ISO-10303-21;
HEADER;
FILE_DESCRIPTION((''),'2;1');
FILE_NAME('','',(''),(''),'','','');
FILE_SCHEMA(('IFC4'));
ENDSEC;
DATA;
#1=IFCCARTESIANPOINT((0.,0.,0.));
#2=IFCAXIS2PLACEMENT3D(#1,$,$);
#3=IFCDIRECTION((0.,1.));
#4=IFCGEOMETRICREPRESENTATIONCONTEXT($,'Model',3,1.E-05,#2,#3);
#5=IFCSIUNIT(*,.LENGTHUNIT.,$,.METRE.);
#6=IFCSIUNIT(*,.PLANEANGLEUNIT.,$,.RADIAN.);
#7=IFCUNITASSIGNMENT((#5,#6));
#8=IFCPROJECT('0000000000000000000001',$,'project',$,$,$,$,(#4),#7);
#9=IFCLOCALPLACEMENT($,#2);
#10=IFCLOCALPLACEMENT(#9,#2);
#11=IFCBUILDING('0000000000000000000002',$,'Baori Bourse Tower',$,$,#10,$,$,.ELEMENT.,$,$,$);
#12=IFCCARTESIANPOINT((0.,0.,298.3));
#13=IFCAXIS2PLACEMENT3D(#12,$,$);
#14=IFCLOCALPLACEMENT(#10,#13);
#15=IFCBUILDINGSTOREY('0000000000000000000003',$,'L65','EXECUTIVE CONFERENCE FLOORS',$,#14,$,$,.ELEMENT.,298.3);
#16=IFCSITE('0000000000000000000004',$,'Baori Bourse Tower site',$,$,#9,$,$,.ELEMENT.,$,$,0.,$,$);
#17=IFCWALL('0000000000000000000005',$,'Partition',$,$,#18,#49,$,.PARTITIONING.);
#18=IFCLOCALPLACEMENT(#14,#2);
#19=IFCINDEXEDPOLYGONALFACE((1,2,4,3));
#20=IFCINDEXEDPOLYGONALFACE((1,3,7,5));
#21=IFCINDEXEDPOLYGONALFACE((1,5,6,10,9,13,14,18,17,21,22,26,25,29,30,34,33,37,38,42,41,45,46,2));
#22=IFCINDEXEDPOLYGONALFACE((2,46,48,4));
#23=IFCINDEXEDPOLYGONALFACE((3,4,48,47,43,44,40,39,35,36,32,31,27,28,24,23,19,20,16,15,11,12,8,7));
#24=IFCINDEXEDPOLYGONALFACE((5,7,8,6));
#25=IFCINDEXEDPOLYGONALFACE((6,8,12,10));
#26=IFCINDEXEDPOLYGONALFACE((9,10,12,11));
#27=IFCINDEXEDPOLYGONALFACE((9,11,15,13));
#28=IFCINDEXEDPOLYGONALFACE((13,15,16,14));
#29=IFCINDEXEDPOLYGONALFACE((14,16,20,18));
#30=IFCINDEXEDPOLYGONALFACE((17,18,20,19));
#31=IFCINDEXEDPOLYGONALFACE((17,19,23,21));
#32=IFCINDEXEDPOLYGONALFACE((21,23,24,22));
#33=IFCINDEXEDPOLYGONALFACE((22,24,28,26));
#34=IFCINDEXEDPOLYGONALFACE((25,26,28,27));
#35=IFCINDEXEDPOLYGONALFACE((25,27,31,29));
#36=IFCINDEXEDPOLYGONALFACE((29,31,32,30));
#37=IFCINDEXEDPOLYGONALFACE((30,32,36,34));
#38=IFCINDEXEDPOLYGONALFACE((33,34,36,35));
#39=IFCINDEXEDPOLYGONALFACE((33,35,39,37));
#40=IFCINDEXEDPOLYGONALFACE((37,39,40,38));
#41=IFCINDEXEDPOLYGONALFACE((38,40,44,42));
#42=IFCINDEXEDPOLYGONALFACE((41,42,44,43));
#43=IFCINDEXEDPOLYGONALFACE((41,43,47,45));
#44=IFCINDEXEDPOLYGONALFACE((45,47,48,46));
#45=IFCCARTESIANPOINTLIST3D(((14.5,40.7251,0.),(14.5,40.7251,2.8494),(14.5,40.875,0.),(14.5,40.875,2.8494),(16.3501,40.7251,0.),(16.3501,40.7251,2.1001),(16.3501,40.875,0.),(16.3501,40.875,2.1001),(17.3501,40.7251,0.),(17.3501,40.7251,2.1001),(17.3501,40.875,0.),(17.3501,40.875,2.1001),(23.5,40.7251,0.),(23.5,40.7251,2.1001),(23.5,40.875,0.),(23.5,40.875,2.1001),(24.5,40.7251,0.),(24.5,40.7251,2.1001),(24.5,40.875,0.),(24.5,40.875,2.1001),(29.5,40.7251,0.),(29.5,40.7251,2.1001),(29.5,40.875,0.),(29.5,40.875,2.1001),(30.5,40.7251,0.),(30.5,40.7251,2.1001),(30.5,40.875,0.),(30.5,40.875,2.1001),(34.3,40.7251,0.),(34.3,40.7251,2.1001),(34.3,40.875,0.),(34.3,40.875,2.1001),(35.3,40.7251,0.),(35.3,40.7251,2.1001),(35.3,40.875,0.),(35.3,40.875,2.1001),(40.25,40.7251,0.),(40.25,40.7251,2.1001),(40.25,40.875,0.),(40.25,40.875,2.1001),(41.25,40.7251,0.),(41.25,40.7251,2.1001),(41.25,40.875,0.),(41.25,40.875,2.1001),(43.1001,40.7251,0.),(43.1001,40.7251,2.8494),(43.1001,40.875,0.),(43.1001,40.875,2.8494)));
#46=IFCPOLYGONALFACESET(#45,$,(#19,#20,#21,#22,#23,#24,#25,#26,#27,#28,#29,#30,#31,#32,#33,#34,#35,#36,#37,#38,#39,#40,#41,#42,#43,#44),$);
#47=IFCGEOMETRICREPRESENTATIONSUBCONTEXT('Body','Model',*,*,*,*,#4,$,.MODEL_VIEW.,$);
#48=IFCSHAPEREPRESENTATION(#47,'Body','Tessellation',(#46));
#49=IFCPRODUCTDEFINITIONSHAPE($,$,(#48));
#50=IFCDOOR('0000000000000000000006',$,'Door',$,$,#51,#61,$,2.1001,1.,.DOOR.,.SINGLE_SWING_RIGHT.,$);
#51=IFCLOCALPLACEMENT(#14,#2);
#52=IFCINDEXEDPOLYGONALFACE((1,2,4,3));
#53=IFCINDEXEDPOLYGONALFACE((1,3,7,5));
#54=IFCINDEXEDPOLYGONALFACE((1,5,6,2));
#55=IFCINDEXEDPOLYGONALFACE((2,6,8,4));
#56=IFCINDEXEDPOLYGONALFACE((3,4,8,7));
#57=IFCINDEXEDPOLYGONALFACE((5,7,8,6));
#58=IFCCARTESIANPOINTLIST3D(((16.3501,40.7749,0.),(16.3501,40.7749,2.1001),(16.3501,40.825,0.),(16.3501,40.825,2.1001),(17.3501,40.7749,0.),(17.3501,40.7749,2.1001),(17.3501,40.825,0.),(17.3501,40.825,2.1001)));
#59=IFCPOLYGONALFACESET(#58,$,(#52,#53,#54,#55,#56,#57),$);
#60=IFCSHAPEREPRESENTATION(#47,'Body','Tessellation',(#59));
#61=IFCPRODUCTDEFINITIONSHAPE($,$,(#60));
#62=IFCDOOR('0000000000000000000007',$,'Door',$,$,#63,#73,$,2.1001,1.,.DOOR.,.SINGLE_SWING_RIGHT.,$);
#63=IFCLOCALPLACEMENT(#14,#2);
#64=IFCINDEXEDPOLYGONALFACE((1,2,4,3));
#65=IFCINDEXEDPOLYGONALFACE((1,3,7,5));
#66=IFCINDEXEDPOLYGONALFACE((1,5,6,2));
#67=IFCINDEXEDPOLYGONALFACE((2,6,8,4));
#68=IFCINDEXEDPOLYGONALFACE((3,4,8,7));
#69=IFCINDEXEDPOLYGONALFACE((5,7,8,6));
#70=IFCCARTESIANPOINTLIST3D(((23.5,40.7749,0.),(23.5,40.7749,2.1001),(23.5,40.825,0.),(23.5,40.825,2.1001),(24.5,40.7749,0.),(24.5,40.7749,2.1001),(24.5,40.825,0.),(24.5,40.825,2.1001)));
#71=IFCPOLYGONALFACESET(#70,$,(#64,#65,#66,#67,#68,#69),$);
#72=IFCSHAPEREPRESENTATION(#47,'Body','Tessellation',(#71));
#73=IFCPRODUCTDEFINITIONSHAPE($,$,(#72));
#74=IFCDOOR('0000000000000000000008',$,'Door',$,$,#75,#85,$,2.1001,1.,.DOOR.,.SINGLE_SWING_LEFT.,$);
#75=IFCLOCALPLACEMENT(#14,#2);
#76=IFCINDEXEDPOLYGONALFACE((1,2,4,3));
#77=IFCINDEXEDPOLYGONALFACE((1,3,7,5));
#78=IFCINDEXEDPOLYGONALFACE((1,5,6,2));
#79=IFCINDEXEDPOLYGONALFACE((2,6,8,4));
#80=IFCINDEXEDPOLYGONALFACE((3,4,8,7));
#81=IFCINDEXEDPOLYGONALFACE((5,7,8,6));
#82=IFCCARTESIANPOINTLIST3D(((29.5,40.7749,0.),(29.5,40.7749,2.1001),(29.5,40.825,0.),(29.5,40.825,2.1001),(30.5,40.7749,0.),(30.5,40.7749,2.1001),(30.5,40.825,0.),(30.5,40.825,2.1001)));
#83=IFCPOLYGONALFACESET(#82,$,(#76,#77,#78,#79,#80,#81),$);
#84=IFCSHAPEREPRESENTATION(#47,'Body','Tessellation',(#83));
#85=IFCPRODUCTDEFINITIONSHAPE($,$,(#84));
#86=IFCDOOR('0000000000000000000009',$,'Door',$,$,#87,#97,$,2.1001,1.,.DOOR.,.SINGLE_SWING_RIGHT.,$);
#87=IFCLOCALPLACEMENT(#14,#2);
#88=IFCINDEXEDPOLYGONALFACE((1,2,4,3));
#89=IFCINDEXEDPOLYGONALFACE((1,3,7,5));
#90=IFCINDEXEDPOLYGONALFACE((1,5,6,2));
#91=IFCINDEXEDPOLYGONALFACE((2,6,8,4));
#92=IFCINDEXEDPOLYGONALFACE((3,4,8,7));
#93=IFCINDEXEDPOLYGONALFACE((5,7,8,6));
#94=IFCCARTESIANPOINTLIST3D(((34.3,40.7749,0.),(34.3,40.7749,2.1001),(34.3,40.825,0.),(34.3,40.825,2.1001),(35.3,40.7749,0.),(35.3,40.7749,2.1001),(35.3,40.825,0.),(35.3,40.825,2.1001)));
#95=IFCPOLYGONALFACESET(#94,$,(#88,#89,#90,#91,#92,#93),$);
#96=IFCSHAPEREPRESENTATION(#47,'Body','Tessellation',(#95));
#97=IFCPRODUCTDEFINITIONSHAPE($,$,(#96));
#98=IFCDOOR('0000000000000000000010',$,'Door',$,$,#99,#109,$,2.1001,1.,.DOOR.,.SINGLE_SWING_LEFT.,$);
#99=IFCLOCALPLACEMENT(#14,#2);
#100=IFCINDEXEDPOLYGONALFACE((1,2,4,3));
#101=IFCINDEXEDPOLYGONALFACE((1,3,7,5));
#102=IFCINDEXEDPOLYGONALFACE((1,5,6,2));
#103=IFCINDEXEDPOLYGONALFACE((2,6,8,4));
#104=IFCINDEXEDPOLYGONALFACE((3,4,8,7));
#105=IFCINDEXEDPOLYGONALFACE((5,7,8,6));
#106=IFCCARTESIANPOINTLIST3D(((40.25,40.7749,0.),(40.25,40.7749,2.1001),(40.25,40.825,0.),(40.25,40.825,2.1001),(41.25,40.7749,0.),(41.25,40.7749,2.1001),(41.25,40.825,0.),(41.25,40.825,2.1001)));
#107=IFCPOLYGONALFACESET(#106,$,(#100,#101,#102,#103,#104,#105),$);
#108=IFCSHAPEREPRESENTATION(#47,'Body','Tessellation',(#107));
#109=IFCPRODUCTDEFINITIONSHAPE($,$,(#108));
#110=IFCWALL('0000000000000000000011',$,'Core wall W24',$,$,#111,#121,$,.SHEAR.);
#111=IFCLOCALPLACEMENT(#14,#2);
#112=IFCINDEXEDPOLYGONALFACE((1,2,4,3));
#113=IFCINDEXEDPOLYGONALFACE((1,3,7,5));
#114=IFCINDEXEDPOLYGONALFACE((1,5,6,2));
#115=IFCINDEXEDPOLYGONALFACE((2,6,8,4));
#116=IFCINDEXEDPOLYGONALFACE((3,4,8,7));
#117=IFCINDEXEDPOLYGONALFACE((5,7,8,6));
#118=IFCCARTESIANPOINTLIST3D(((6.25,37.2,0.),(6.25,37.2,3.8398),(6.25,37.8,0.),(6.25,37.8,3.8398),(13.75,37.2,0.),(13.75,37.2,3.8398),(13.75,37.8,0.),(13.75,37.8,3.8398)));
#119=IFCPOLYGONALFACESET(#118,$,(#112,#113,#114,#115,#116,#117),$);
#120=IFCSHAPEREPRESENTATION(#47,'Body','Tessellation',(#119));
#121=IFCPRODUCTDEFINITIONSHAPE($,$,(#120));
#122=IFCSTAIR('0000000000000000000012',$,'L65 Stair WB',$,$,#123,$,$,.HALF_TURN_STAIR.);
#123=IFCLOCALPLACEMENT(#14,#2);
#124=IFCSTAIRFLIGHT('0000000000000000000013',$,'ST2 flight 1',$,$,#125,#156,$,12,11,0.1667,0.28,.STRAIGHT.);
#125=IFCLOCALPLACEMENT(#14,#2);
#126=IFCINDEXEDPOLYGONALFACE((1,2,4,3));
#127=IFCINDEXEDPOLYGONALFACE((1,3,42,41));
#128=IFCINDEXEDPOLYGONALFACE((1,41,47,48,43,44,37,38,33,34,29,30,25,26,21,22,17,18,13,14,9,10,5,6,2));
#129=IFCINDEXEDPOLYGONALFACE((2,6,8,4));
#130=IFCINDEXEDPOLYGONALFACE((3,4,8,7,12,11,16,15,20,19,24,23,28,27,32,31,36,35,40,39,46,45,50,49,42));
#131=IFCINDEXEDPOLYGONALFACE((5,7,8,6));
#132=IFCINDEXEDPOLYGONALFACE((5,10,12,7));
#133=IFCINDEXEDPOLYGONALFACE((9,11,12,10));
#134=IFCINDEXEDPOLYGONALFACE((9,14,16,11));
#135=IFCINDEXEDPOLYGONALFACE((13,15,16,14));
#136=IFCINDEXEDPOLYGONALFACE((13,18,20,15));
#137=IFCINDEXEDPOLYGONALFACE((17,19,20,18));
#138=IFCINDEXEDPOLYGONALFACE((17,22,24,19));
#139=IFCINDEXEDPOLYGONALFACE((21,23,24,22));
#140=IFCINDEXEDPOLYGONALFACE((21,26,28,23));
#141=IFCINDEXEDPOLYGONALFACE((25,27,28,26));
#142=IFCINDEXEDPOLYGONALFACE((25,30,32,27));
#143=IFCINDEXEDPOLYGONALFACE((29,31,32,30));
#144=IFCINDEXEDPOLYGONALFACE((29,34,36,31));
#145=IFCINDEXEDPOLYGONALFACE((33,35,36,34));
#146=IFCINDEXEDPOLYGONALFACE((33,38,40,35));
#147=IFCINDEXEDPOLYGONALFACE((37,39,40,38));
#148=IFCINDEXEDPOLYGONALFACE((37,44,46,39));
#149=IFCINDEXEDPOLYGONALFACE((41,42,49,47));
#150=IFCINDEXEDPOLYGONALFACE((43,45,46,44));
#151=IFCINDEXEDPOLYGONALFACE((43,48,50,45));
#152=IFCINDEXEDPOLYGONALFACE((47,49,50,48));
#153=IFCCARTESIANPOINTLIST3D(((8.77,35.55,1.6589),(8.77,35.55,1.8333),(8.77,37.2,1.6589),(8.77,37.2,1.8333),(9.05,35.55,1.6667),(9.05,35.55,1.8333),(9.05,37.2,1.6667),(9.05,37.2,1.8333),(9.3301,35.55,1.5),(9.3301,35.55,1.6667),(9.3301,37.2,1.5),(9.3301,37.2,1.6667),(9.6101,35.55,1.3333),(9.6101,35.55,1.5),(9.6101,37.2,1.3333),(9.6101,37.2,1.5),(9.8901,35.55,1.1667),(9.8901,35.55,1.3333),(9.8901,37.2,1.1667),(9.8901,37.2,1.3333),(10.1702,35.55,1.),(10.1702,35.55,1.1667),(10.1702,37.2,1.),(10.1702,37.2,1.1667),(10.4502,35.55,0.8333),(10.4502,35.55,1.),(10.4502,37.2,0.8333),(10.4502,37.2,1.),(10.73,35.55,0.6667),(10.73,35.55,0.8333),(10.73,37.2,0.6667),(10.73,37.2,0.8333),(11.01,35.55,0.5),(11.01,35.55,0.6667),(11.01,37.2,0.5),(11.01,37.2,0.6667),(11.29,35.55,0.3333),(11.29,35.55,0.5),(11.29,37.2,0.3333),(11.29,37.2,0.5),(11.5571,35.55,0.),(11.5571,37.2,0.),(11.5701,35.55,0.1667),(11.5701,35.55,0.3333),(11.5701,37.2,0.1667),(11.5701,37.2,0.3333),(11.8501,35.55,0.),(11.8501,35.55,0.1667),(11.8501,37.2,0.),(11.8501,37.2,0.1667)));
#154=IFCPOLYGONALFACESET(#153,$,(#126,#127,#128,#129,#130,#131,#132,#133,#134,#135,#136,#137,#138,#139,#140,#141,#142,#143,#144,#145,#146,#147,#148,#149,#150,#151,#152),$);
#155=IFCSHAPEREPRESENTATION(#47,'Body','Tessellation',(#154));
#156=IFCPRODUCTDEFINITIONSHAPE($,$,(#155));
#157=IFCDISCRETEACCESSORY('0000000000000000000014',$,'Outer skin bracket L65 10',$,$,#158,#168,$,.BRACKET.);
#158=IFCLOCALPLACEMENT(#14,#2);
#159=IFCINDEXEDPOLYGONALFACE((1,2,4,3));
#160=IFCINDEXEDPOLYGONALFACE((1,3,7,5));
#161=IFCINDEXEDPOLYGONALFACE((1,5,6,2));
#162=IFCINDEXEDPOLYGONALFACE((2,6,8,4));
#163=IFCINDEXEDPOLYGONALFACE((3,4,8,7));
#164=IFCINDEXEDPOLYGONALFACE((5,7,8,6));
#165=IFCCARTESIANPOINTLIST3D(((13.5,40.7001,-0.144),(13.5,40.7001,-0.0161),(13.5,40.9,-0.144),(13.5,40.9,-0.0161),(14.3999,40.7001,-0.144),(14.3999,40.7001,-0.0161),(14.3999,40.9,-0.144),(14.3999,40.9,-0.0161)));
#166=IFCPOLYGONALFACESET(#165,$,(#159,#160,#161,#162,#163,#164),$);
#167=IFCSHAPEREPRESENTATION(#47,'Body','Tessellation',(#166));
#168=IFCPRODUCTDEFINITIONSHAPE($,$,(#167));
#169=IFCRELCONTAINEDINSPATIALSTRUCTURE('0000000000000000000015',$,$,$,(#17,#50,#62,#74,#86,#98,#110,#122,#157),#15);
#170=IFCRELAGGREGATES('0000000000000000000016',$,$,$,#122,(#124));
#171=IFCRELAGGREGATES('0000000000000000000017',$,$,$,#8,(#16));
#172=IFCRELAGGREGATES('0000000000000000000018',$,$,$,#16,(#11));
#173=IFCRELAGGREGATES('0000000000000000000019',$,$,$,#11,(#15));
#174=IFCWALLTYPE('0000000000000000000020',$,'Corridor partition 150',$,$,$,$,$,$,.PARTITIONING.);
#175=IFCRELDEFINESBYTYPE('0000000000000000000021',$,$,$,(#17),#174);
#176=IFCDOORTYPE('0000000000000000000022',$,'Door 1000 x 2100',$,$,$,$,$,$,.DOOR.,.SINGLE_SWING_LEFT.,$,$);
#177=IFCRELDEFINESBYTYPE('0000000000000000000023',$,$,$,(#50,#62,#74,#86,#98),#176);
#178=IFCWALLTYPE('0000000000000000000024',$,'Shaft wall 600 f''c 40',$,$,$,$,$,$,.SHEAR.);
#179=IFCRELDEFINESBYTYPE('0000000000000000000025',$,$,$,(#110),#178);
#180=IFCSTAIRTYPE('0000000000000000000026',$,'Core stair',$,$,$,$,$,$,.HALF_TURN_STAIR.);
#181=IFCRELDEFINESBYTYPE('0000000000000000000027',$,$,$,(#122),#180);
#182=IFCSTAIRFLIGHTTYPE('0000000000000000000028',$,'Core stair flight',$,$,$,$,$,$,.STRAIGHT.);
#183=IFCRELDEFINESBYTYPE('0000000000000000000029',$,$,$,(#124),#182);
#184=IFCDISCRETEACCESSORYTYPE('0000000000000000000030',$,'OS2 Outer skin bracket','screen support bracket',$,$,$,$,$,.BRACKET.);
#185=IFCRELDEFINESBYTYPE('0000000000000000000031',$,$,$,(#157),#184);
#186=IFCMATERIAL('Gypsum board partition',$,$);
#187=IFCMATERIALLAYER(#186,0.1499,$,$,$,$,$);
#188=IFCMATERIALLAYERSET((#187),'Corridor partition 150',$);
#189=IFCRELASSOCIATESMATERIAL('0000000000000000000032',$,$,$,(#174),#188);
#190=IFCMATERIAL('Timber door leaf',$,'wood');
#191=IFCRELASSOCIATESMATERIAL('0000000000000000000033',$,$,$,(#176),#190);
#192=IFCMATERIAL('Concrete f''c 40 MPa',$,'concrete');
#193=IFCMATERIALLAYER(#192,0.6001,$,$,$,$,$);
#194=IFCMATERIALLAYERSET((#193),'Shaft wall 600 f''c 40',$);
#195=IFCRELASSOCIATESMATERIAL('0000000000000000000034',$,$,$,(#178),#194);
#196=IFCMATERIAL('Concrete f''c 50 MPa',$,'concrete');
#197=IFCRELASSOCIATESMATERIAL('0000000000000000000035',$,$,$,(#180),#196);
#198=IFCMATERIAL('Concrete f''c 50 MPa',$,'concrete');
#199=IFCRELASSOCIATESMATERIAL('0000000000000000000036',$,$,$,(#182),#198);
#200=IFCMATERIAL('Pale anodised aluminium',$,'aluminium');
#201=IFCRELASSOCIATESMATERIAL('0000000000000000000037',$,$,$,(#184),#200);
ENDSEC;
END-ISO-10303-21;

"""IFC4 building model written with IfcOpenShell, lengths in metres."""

from ifc_helpers import new_model, si_unit, direction, frame, frame_2d, origin, origin_2d, place, context, subcontext, project, spatial, polyline, rectangle, outline, extrude, material, layer, layer_set, type_object, element, fill, aggregate, save


model = new_model("IFC4")

# Units and contexts
model_context = context("Model", 3, precision=1e-05, world=origin(), true_north=direction((0.0, 1.0)))
body_context = subcontext(model_context, "Body", "Model", "MODEL_VIEW")
ifc_project = project(units=[si_unit("LENGTHUNIT", "METRE"), si_unit("PLANEANGLEUNIT", "RADIAN")], contexts=[model_context])

# Site, building, storey
site_placement = place(None, origin())
site = spatial("IfcSite", under=ifc_project, at=site_placement, Name="Baori Bourse Tower site", CompositionType="ELEMENT", RefElevation=0.0)
building_placement = place(site_placement, origin())
building = spatial("IfcBuilding", under=site, at=building_placement, Name="Baori Bourse Tower", CompositionType="ELEMENT")
storey_placement = place(building_placement, frame((0.0, 0.0, 298.3)))
storey = spatial("IfcBuildingStorey", under=building, at=storey_placement, Name="L65", Description="EXECUTIVE CONFERENCE FLOORS", CompositionType="ELEMENT", Elevation=298.3)

# Wall, openings, doors
ifc_material_1 = material(Name="Gypsum board partition")
ifc_layer_1 = layer(ifc_material_1, 0.1499)
ifc_layer_set_1 = layer_set([ifc_layer_1], Name="Corridor partition 150")
wall_type_1 = type_object("IfcWallType", Name="Corridor partition 150", PredefinedType="PARTITIONING", material=ifc_layer_set_1)
wall_1_placement = place(storey_placement, frame((14.5, 40.8, 0.0), z_axis=(0.0, 0.0, 1.0), x_axis=(1.0, 0.0, 0.0)))
wall_1 = element("IfcWall", 1, at=wall_1_placement, inside=storey, type_object=wall_type_1, Name="Partition", PredefinedType="PARTITIONING", context=body_context, shape_type="SweptSolid", body=[
    extrude(rectangle(XDim=28.6001, YDim=0.1499, at=frame_2d((14.3, 0.0))), origin(), (0.0, 0.0, 1.0), 2.8494),
])
opening_1_placement = place(wall_1_placement, frame((1.8501, 0.0, 0.0)))
opening_1 = element("IfcOpeningElement", 2, at=opening_1_placement, cuts=wall_1, PredefinedType="OPENING", context=body_context, shape_type="SweptSolid", body=[
    extrude(rectangle(XDim=1.0, YDim=2.1001, at=frame_2d((0.5, 1.05))), frame((0.0, 0.085, 0.0), z_axis=(0.0, -1.0, 0.0), x_axis=(1.0, 0.0, 0.0)), (0.0, 0.0, 1.0), 0.1699),
])
opening_2_placement = place(wall_1_placement, frame((9.0, 0.0, 0.0)))
opening_2 = element("IfcOpeningElement", 3, at=opening_2_placement, cuts=wall_1, PredefinedType="OPENING", context=body_context, shape_type="SweptSolid", body=[
    extrude(rectangle(XDim=1.0, YDim=2.1001, at=frame_2d((0.5, 1.05))), frame((0.0, 0.085, 0.0), z_axis=(0.0, -1.0, 0.0), x_axis=(1.0, 0.0, 0.0)), (0.0, 0.0, 1.0), 0.1699),
])
opening_3_placement = place(wall_1_placement, frame((15.0, 0.0, 0.0)))
opening_3 = element("IfcOpeningElement", 4, at=opening_3_placement, cuts=wall_1, PredefinedType="OPENING", context=body_context, shape_type="SweptSolid", body=[
    extrude(rectangle(XDim=1.0, YDim=2.1001, at=frame_2d((0.5, 1.05))), frame((0.0, 0.085, 0.0), z_axis=(0.0, -1.0, 0.0), x_axis=(1.0, 0.0, 0.0)), (0.0, 0.0, 1.0), 0.1699),
])
opening_4_placement = place(wall_1_placement, frame((19.8, 0.0, 0.0)))
opening_4 = element("IfcOpeningElement", 5, at=opening_4_placement, cuts=wall_1, PredefinedType="OPENING", context=body_context, shape_type="SweptSolid", body=[
    extrude(rectangle(XDim=1.0, YDim=2.1001, at=frame_2d((0.5, 1.05))), frame((0.0, 0.085, 0.0), z_axis=(0.0, -1.0, 0.0), x_axis=(1.0, 0.0, 0.0)), (0.0, 0.0, 1.0), 0.1699),
])
opening_5_placement = place(wall_1_placement, frame((25.75, 0.0, 0.0)))
opening_5 = element("IfcOpeningElement", 6, at=opening_5_placement, cuts=wall_1, PredefinedType="OPENING", context=body_context, shape_type="SweptSolid", body=[
    extrude(rectangle(XDim=1.0, YDim=2.1001, at=frame_2d((0.5, 1.05))), frame((0.0, 0.085, 0.0), z_axis=(0.0, -1.0, 0.0), x_axis=(1.0, 0.0, 0.0)), (0.0, 0.0, 1.0), 0.1699),
])
ifc_material_2 = material(Name="Timber door leaf", Category="wood")
door_type_1 = type_object("IfcDoorType", Name="Door 1000 x 2100", OperationType="SINGLE_SWING_LEFT", PredefinedType="DOOR", material=ifc_material_2)
door_1_placement = place(opening_1_placement, origin())
door_1 = element("IfcDoor", 7, at=door_1_placement, inside=storey, type_object=door_type_1, Name="Door", OperationType="SINGLE_SWING_RIGHT", OverallHeight=2.1001, OverallWidth=1.0, PredefinedType="DOOR", context=body_context, shape_type="SweptSolid", body=[
    extrude(rectangle(XDim=1.0, YDim=2.1001, at=frame_2d((0.5, 1.05))), frame((0.0, 0.0249, 0.0), z_axis=(0.0, -1.0, 0.0), x_axis=(1.0, 0.0, 0.0)), (0.0, 0.0, 1.0), 0.05),
])
fill(opening_1, door_1)
door_2_placement = place(opening_2_placement, origin())
door_2 = element("IfcDoor", 8, at=door_2_placement, inside=storey, type_object=door_type_1, Name="Door", OperationType="SINGLE_SWING_RIGHT", OverallHeight=2.1001, OverallWidth=1.0, PredefinedType="DOOR", context=body_context, shape_type="SweptSolid", body=[
    extrude(rectangle(XDim=1.0, YDim=2.1001, at=frame_2d((0.5, 1.05))), frame((0.0, 0.0249, 0.0), z_axis=(0.0, -1.0, 0.0), x_axis=(1.0, 0.0, 0.0)), (0.0, 0.0, 1.0), 0.05),
])
fill(opening_2, door_2)
door_3_placement = place(opening_3_placement, origin())
door_3 = element("IfcDoor", 9, at=door_3_placement, inside=storey, type_object=door_type_1, Name="Door", OperationType="SINGLE_SWING_LEFT", OverallHeight=2.1001, OverallWidth=1.0, PredefinedType="DOOR", context=body_context, shape_type="SweptSolid", body=[
    extrude(rectangle(XDim=1.0, YDim=2.1001, at=frame_2d((0.5, 1.05))), frame((0.0, 0.0249, 0.0), z_axis=(0.0, -1.0, 0.0), x_axis=(1.0, 0.0, 0.0)), (0.0, 0.0, 1.0), 0.05),
])
fill(opening_3, door_3)
door_4_placement = place(opening_4_placement, origin())
door_4 = element("IfcDoor", 10, at=door_4_placement, inside=storey, type_object=door_type_1, Name="Door", OperationType="SINGLE_SWING_RIGHT", OverallHeight=2.1001, OverallWidth=1.0, PredefinedType="DOOR", context=body_context, shape_type="SweptSolid", body=[
    extrude(rectangle(XDim=1.0, YDim=2.1001, at=frame_2d((0.5, 1.05))), frame((0.0, 0.0249, 0.0), z_axis=(0.0, -1.0, 0.0), x_axis=(1.0, 0.0, 0.0)), (0.0, 0.0, 1.0), 0.05),
])
fill(opening_4, door_4)
door_5_placement = place(opening_5_placement, origin())
door_5 = element("IfcDoor", 11, at=door_5_placement, inside=storey, type_object=door_type_1, Name="Door", OperationType="SINGLE_SWING_LEFT", OverallHeight=2.1001, OverallWidth=1.0, PredefinedType="DOOR", context=body_context, shape_type="SweptSolid", body=[
    extrude(rectangle(XDim=1.0, YDim=2.1001, at=frame_2d((0.5, 1.05))), frame((0.0, 0.0249, 0.0), z_axis=(0.0, -1.0, 0.0), x_axis=(1.0, 0.0, 0.0)), (0.0, 0.0, 1.0), 0.05),
])
fill(opening_5, door_5)

# Wall
ifc_material_3 = material(Name="Concrete f'c 40 MPa", Category="concrete")
ifc_layer_2 = layer(ifc_material_3, 0.6001)
ifc_layer_set_2 = layer_set([ifc_layer_2], Name="Shaft wall 600 f'c 40")
wall_type_2 = type_object("IfcWallType", Name="Shaft wall 600 f'c 40", PredefinedType="SHEAR", material=ifc_layer_set_2)
wall_2_placement = place(storey_placement, frame((6.25, 37.5, 0.0), z_axis=(0.0, 0.0, 1.0), x_axis=(1.0, 0.0, 0.0)))
element("IfcWall", 12, at=wall_2_placement, inside=storey, type_object=wall_type_2, Name="Core wall W24", PredefinedType="SHEAR", context=body_context, shape_type="SweptSolid", body=[
    extrude(rectangle(XDim=7.5, YDim=0.6001, at=frame_2d((3.75, 0.0))), origin(), (0.0, 0.0, 1.0), 3.8398),
])

# Stair, stair flight
ifc_material_4 = material(Name="Concrete f'c 50 MPa", Category="concrete")
stair_type = type_object("IfcStairType", Name="Core stair", PredefinedType="HALF_TURN_STAIR", material=ifc_material_4)
stair_placement = place(storey_placement, origin())
stair = element("IfcStair", 13, at=stair_placement, inside=storey, type_object=stair_type, Name="L65 Stair WB", PredefinedType="HALF_TURN_STAIR")
ifc_material_5 = material(Name="Concrete f'c 50 MPa", Category="concrete")
stair_flight_type = type_object("IfcStairFlightType", Name="Core stair flight", PredefinedType="STRAIGHT", material=ifc_material_5)
stair_flight_placement = place(storey_placement, frame((11.8501, 36.375, 0.0), z_axis=(0.0, 0.0, 1.0), x_axis=(-1.0, 0.0, 0.0)))
stair_flight = element("IfcStairFlight", 14, at=stair_flight_placement, type_object=stair_flight_type, Name="ST2 flight 1", NumberOfRisers=12, NumberOfTreads=11, PredefinedType="STRAIGHT", RiserHeight=0.1667, TreadLength=0.28, context=body_context, shape_type="SweptSolid", body=[
    extrude(outline(polyline([(0.0, 0.0), (0.0, 0.1667), (0.28, 0.1667), (0.28, 0.3333), (0.5601, 0.3333), (0.5601, 0.5), (0.8401, 0.5), (0.8401, 0.6667), (1.1201, 0.6667), (1.1201, 0.8333), (1.3999, 0.8333), (1.3999, 1.0), (1.6799, 1.0), (1.6799, 1.1667), (1.96, 1.1667), (1.96, 1.3333), (2.24, 1.3333), (2.24, 1.5), (2.52, 1.5), (2.52, 1.6667), (2.8, 1.6667), (2.8, 1.8333), (3.0801, 1.8333), (3.0801, 2.0), (3.0801, 1.6589), (0.293, 0.0), (0.0, 0.0)])), frame((0.0, 0.825, 0.0), z_axis=(0.0, -1.0, 0.0), x_axis=(1.0, 0.0, 0.0)), (0.0, 0.0, 1.0), 1.6499),
])
aggregate(stair, [stair_flight])

# Discrete accessory
ifc_material_6 = material(Name="Pale anodised aluminium", Category="aluminium")
discrete_accessory_type = type_object("IfcDiscreteAccessoryType", Name="OS2 Outer skin bracket", Description="screen support bracket", PredefinedType="BRACKET", material=ifc_material_6)
discrete_accessory_placement = place(storey_placement, frame((13.95, 40.8, -0.144), z_axis=(0.0, 0.0, 1.0), x_axis=(0.0, -1.0, 0.0)))
element("IfcDiscreteAccessory", 15, at=discrete_accessory_placement, inside=storey, type_object=discrete_accessory_type, Name="Outer skin bracket L65 10", PredefinedType="BRACKET", context=body_context, shape_type="SweptSolid", body=[
    extrude(rectangle(XDim=0.2, YDim=0.8999, at=origin_2d()), origin(), (0.0, 0.0, 1.0), 0.1279),
])

save(model, "model.ifc")
